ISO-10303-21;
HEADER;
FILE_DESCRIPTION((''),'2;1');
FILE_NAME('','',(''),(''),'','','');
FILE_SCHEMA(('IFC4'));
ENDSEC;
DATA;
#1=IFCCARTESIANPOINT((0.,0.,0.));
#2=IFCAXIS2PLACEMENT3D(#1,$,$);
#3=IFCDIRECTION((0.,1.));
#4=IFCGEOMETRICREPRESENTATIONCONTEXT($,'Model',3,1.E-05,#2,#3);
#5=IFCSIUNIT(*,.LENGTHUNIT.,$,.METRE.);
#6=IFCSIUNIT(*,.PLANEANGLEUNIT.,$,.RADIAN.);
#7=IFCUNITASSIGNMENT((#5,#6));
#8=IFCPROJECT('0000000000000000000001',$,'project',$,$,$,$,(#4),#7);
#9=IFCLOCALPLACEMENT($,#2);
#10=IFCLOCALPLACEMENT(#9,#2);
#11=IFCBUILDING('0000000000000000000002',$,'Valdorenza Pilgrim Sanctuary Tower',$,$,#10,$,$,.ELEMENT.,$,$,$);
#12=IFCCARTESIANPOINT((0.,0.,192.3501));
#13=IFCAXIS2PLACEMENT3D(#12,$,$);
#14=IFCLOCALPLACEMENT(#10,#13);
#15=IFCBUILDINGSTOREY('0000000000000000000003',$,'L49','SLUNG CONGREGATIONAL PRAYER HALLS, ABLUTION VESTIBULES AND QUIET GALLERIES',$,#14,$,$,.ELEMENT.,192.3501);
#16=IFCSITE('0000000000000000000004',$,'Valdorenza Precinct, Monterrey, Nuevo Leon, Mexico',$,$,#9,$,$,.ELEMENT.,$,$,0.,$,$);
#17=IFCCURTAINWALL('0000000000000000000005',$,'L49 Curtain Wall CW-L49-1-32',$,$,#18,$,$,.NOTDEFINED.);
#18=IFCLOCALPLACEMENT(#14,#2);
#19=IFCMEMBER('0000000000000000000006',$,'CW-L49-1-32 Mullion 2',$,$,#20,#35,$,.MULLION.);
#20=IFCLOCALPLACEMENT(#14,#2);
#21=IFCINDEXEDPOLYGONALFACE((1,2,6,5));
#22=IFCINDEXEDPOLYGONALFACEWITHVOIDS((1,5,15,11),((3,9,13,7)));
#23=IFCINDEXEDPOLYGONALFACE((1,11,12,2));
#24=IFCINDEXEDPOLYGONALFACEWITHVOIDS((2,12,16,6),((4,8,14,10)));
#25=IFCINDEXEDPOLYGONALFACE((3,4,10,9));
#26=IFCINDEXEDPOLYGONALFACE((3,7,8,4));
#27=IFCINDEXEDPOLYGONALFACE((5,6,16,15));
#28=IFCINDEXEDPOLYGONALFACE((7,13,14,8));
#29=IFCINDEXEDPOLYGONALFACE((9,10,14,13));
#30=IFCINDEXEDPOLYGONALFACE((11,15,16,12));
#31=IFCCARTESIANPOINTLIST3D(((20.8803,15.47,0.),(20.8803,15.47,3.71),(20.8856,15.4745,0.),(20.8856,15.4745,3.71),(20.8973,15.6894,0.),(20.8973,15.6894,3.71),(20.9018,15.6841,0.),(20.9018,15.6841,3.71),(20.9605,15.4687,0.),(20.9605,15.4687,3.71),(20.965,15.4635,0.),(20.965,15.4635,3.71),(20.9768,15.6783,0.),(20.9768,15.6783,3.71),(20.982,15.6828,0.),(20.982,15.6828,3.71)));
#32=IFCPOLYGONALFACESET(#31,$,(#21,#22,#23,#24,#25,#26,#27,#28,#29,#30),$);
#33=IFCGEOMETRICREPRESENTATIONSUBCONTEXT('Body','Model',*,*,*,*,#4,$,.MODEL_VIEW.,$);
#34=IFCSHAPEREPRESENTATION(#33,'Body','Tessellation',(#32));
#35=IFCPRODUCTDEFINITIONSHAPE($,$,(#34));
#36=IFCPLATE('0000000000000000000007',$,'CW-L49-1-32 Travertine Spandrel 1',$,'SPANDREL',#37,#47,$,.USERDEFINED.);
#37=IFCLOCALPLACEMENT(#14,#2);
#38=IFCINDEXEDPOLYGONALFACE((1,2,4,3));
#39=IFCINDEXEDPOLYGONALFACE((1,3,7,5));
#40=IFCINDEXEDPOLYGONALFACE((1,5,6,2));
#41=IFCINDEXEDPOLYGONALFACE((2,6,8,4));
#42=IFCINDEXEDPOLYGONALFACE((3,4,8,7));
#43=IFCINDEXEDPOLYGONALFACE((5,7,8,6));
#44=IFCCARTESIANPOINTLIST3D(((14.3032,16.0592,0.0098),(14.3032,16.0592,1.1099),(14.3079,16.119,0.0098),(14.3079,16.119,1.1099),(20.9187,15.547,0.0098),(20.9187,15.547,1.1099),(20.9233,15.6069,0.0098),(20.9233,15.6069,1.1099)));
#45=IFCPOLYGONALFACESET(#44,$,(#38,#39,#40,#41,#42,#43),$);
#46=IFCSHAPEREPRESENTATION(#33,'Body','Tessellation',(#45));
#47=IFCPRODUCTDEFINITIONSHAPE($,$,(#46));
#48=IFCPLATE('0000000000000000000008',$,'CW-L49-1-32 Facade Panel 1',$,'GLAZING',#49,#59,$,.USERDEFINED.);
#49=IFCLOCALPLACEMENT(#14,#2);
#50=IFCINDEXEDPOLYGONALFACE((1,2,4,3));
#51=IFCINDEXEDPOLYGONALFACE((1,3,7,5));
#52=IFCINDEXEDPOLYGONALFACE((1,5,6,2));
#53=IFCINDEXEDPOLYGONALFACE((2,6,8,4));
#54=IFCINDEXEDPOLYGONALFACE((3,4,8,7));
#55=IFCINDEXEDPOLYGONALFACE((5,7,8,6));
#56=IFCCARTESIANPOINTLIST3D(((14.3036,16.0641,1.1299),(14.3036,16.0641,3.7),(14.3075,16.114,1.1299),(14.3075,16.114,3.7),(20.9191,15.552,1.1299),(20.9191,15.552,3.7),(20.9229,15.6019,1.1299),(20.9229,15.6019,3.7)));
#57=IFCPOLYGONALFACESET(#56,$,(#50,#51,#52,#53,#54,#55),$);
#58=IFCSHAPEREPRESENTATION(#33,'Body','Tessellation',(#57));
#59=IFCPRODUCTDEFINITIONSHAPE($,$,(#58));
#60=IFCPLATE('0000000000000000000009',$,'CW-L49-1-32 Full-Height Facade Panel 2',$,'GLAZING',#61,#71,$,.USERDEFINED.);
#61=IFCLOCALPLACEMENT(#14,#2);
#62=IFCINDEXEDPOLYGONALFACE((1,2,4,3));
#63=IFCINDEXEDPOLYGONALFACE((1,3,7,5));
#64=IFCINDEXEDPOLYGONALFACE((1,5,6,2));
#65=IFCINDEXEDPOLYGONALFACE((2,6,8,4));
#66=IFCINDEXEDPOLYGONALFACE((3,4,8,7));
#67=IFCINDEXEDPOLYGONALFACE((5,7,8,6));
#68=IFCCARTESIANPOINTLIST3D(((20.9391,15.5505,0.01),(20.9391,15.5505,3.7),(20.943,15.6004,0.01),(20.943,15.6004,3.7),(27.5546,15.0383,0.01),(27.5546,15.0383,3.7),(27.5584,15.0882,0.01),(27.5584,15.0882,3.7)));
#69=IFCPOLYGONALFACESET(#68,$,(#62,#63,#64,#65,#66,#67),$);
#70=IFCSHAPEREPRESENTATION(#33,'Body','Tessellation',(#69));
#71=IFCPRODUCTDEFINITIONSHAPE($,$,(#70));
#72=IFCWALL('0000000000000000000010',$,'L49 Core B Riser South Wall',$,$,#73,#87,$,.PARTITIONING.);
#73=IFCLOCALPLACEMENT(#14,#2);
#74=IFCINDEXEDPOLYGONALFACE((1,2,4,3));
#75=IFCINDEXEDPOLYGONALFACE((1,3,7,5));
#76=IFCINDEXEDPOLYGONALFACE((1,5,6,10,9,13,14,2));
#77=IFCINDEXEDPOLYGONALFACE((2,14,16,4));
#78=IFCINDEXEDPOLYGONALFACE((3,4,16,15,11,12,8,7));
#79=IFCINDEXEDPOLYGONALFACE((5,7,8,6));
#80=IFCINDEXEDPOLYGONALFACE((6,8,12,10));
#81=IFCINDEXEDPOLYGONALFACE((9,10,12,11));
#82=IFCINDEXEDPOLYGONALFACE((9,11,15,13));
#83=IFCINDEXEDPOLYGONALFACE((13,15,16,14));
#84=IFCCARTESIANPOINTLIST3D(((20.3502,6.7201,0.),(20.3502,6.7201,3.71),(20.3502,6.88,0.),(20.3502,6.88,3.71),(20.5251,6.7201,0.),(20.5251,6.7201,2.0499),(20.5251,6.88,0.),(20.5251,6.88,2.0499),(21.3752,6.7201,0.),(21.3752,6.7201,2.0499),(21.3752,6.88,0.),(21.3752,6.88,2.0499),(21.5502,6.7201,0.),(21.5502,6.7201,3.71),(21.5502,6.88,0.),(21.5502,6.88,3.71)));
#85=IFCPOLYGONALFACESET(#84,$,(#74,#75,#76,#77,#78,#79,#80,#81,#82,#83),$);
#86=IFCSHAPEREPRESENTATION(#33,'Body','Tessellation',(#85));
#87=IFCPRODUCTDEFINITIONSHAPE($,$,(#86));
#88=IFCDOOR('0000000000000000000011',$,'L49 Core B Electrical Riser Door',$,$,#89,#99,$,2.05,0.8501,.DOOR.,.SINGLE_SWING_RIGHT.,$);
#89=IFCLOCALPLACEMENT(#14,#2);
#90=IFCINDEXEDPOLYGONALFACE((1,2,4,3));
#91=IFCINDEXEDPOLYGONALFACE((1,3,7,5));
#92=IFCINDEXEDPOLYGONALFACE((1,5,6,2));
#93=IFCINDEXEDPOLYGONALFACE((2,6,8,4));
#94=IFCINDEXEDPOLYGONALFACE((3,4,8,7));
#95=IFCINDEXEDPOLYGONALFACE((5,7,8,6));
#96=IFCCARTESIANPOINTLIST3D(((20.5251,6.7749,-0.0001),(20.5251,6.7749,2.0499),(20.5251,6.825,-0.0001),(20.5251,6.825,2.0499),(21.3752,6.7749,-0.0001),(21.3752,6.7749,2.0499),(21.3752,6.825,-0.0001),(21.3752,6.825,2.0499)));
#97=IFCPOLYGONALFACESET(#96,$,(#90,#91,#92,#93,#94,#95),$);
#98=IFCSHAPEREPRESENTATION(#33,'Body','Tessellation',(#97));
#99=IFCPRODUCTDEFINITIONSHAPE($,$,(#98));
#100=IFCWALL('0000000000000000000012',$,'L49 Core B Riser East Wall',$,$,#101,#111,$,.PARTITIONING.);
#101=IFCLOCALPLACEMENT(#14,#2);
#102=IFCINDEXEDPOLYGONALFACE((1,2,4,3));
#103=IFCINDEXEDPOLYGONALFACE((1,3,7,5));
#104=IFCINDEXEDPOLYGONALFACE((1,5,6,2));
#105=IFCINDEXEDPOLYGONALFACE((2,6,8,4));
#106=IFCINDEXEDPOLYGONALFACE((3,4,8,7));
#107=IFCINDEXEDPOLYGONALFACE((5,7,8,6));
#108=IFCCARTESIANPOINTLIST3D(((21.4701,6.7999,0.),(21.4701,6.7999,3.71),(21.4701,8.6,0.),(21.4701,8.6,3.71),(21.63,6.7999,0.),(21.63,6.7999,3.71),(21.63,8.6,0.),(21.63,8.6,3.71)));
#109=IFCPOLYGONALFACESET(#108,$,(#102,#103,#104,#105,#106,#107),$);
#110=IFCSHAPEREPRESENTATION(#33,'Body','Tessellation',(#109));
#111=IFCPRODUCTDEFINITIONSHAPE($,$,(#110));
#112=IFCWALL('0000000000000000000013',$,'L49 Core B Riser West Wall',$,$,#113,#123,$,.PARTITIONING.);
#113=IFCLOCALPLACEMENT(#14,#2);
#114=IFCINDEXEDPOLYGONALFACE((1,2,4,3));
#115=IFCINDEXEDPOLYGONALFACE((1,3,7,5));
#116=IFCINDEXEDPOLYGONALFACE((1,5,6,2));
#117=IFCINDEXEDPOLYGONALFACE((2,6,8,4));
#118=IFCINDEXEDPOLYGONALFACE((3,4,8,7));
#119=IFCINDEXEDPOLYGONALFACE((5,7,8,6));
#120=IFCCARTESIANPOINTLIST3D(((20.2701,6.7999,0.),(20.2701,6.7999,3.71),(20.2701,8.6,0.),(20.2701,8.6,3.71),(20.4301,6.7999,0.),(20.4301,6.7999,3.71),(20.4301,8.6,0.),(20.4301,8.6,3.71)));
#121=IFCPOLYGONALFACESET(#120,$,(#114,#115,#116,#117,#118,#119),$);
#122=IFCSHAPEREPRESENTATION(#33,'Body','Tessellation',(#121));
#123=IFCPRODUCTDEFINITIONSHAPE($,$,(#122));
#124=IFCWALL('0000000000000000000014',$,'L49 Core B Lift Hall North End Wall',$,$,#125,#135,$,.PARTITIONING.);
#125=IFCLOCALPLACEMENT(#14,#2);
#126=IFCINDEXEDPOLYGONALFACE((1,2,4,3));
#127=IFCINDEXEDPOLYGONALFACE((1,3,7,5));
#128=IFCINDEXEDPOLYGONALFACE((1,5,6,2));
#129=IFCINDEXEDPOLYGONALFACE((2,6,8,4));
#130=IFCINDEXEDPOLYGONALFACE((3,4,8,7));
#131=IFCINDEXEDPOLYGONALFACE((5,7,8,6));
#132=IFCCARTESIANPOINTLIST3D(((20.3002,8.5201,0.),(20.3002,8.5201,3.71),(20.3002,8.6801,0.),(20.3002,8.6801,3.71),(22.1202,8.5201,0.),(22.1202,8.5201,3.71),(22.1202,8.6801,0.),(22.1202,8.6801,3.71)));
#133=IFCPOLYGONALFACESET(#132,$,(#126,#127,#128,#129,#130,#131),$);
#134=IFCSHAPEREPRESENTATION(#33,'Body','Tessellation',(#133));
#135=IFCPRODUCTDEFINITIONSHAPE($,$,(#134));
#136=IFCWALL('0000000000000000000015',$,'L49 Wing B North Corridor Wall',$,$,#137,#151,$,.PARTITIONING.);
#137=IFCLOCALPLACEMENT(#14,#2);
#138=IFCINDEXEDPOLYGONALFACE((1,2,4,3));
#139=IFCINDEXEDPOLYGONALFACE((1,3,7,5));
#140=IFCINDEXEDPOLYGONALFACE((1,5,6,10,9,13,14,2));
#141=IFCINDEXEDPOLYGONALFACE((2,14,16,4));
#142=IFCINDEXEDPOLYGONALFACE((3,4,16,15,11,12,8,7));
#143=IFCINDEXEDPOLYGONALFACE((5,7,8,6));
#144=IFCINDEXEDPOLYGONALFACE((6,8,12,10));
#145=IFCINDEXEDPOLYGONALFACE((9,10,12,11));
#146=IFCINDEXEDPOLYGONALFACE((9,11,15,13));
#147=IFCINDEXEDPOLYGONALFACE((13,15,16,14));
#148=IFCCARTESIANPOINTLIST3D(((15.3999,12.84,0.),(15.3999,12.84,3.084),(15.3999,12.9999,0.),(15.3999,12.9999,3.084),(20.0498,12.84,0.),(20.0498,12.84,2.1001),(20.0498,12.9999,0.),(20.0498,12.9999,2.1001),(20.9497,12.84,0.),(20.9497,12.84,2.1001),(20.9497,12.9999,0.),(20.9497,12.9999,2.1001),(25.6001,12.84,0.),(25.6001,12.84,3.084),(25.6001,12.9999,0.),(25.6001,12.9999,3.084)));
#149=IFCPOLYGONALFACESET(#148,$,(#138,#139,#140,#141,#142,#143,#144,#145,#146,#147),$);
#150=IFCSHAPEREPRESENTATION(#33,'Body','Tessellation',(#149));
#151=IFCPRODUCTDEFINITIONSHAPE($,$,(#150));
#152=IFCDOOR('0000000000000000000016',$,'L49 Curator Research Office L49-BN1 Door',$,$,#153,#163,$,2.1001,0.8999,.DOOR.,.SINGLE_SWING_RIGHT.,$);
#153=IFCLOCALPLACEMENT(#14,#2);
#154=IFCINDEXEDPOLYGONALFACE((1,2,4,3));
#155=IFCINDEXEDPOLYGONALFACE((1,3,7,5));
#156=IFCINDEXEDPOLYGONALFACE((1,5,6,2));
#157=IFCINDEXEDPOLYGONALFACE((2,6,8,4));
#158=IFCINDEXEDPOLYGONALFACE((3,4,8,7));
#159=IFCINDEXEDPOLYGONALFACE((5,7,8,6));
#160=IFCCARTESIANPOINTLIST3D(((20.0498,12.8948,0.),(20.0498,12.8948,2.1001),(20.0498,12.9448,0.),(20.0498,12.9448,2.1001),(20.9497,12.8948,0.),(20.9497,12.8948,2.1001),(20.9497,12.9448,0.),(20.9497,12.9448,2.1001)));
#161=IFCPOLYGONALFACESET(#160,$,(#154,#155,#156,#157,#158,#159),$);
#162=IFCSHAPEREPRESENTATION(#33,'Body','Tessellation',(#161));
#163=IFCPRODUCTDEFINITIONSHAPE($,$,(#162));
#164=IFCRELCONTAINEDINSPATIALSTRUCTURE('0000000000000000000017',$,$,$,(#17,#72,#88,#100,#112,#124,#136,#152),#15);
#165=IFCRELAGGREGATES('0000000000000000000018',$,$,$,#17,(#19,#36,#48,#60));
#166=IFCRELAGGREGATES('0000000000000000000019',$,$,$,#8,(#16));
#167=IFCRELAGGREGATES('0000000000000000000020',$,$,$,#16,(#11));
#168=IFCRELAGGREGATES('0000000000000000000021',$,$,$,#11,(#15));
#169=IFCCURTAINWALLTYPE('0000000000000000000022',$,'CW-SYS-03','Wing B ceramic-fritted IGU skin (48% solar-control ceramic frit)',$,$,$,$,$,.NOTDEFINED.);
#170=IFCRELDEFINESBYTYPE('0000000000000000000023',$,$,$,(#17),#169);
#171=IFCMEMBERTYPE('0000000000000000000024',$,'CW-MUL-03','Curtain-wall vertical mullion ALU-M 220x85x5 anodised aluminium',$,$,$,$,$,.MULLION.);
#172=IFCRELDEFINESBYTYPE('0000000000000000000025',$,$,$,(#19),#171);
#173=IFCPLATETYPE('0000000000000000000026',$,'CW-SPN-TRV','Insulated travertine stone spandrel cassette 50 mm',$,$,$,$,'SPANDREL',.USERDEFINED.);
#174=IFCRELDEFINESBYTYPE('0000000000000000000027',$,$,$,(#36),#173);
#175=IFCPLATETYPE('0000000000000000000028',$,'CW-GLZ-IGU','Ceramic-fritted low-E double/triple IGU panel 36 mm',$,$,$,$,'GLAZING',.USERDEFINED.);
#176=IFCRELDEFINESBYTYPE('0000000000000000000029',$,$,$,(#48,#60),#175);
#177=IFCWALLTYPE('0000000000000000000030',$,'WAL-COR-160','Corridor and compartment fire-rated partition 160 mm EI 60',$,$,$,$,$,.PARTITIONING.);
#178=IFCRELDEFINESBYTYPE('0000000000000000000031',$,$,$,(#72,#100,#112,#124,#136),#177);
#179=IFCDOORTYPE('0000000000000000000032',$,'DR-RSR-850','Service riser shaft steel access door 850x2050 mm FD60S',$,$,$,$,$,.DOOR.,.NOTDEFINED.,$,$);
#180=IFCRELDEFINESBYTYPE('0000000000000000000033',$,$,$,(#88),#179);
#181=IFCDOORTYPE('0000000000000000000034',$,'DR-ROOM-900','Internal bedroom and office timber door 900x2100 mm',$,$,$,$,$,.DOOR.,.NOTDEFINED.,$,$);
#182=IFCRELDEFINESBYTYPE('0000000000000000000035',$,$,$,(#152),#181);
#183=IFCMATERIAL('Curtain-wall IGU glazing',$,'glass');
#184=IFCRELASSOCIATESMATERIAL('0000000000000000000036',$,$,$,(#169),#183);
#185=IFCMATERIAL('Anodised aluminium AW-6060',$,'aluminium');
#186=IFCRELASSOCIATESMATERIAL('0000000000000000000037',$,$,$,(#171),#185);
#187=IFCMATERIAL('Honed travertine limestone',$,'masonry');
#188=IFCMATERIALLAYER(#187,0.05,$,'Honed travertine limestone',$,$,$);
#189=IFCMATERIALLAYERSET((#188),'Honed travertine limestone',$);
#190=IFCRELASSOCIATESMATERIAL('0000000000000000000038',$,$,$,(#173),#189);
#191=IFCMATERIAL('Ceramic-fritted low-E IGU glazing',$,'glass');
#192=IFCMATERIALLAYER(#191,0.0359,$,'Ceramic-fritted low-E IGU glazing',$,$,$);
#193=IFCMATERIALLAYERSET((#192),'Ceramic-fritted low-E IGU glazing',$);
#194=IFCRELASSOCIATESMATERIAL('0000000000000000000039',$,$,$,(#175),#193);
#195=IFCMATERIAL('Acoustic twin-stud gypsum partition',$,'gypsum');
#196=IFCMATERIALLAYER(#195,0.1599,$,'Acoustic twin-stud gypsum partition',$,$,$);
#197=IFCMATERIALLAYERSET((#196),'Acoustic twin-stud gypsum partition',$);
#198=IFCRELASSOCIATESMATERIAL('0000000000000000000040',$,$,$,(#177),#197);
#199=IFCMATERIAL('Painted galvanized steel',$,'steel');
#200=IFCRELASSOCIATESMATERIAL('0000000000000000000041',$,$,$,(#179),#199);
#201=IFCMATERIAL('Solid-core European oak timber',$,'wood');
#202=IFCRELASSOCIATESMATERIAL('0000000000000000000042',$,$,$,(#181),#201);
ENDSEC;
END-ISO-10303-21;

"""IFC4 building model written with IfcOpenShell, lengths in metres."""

from ifc_helpers import new_model, si_unit, direction, frame, frame_2d, origin, origin_2d, place, context, subcontext, project, spatial, rectangle, hollow_rectangle, extrude, source, transform, mapped, material, layer, layer_set, material_profile, profile_set, type_object, element, fill, aggregate, save


model = new_model("IFC4")

# Units and contexts
model_context = context("Model", 3, precision=1e-05, world=origin(), true_north=direction((0.0, 1.0)))
body_context = subcontext(model_context, "Body", "Model", "MODEL_VIEW")
ifc_project = project(units=[si_unit("LENGTHUNIT", "METRE"), si_unit("PLANEANGLEUNIT", "RADIAN")], contexts=[model_context])

# Site, building, storey
site_placement = place(None, origin())
site = spatial("IfcSite", under=ifc_project, at=site_placement, Name="Valdorenza Precinct, Monterrey, Nuevo Leon, Mexico", CompositionType="ELEMENT", RefElevation=0.0)
building_placement = place(site_placement, origin())
building = spatial("IfcBuilding", under=site, at=building_placement, Name="Valdorenza Pilgrim Sanctuary Tower", CompositionType="ELEMENT")
storey_placement = place(building_placement, frame((0.0, 0.0, 192.3501)))
storey = spatial("IfcBuildingStorey", under=building, at=storey_placement, Name="L49", Description="SLUNG CONGREGATIONAL PRAYER HALLS, ABLUTION VESTIBULES AND QUIET GALLERIES", CompositionType="ELEMENT", Elevation=192.3501)

# Curtain wall
ifc_material_1 = material(Name="Curtain-wall IGU glazing", Category="glass")
curtain_wall_type_1 = type_object("IfcCurtainWallType", Name="CW-SYS-03", Description="Wing B ceramic-fritted IGU skin (48% solar-control ceramic frit)", PredefinedType="NOTDEFINED", material=ifc_material_1)
curtain_wall_1_placement = place(storey_placement, origin())
curtain_wall_1 = element("IfcCurtainWall", 1, at=curtain_wall_1_placement, inside=storey, type_object=curtain_wall_type_1, Name="L49 Curtain Wall CW-L49-1-32", PredefinedType="NOTDEFINED")
ifc_material_2 = material(Name="Anodised aluminium AW-6060", Category="aluminium")

# Member
ifc_material_profile_1 = material_profile(ifc_material_2, hollow_rectangle(XDim=0.085, YDim=0.22, WallThickness=0.0049, at=origin_2d()), Name="ALU-M 220x85x5")
ifc_profile_set_1 = profile_set([ifc_material_profile_1], Name="Anodised aluminium AW-6060")
member_type_1 = type_object("IfcMemberType", Name="CW-MUL-03", Description="Curtain-wall vertical mullion ALU-M 220x85x5 anodised aluminium", PredefinedType="MULLION", material=ifc_profile_set_1)
shared_shape_1 = source(origin(), body_context, "Body", "SweptSolid", [
    extrude(hollow_rectangle(XDim=0.085, YDim=0.22, WallThickness=0.0049, at=origin_2d()), origin(), (0.0, 0.0, 1.0), 3.71),
])
member_1_placement = place(storey_placement, frame((20.9312, 15.5764, 0.0), z_axis=(0.0, 0.0, 1.0), x_axis=(0.997016, -0.077189, 0.0)))
member_1 = element("IfcMember", 2, at=member_1_placement, type_object=member_type_1, Name="CW-L49-1-32 Mullion 2", PredefinedType="MULLION", context=body_context, shape_type="MappedRepresentation", body=[
    mapped(shared_shape_1, transform((0.0, 0.0, 0.0), x_axis=(1.0, 0.0, 0.0), y_axis=(0.0, 1.0, 0.0), z_axis=(0.0, 0.0, 1.0), scale=1.0)),
])

# Plates
ifc_material_3 = material(Name="Honed travertine limestone", Category="masonry")
ifc_layer_1 = layer(ifc_material_3, 0.05, Name="Honed travertine limestone")
ifc_layer_set_1 = layer_set([ifc_layer_1], Name="Honed travertine limestone")
plate_type_1 = type_object("IfcPlateType", Name="CW-SPN-TRV", Description="Insulated travertine stone spandrel cassette 50 mm", ElementType="SPANDREL", PredefinedType="USERDEFINED", material=ifc_layer_set_1)
shared_shape_2 = source(origin(), body_context, "Body", "SweptSolid", [
    extrude(rectangle(XDim=6.6353, YDim=0.0601, at=origin_2d()), origin(), (0.0, 0.0, 1.0), 1.1001),
])
plate_1_placement = place(storey_placement, frame((17.6133, 15.833, 0.0098), z_axis=(0.0, 0.0, 1.0), x_axis=(0.997016, -0.077189, 0.0)))
plate_1 = element("IfcPlate", 3, at=plate_1_placement, type_object=plate_type_1, Name="CW-L49-1-32 Travertine Spandrel 1", ObjectType="SPANDREL", PredefinedType="USERDEFINED", context=body_context, shape_type="MappedRepresentation", body=[
    mapped(shared_shape_2, transform((0.0, 0.0, 0.0), x_axis=(1.0, 0.0, 0.0), y_axis=(0.0, 1.0, 0.0), z_axis=(0.0, 0.0, 1.0), scale=1.0)),
])
ifc_material_4 = material(Name="Ceramic-fritted low-E IGU glazing", Category="glass")
ifc_layer_2 = layer(ifc_material_4, 0.0359, Name="Ceramic-fritted low-E IGU glazing")
ifc_layer_set_2 = layer_set([ifc_layer_2], Name="Ceramic-fritted low-E IGU glazing")
plate_type_2 = type_object("IfcPlateType", Name="CW-GLZ-IGU", Description="Ceramic-fritted low-E double/triple IGU panel 36 mm", ElementType="GLAZING", PredefinedType="USERDEFINED", material=ifc_layer_set_2)
shared_shape_3 = source(origin(), body_context, "Body", "SweptSolid", [
    extrude(rectangle(XDim=6.6353, YDim=0.05, at=origin_2d()), origin(), (0.0, 0.0, 1.0), 2.5701),
])
plate_2_placement = place(storey_placement, frame((17.6133, 15.833, 1.1299), z_axis=(0.0, 0.0, 1.0), x_axis=(0.997016, -0.077189, 0.0)))
plate_2 = element("IfcPlate", 4, at=plate_2_placement, type_object=plate_type_2, Name="CW-L49-1-32 Facade Panel 1", ObjectType="GLAZING", PredefinedType="USERDEFINED", context=body_context, shape_type="MappedRepresentation", body=[
    mapped(shared_shape_3, transform((0.0, 0.0, 0.0), x_axis=(1.0, 0.0, 0.0), y_axis=(0.0, 1.0, 0.0), z_axis=(0.0, 0.0, 1.0), scale=1.0)),
])
shared_shape_4 = source(origin(), body_context, "Body", "SweptSolid", [
    extrude(rectangle(XDim=6.6353, YDim=0.05, at=origin_2d()), origin(), (0.0, 0.0, 1.0), 3.6899),
])
plate_3_placement = place(storey_placement, frame((24.2488, 15.3193, 0.01), z_axis=(0.0, 0.0, 1.0), x_axis=(0.997016, -0.077189, 0.0)))
plate_3 = element("IfcPlate", 5, at=plate_3_placement, type_object=plate_type_2, Name="CW-L49-1-32 Full-Height Facade Panel 2", ObjectType="GLAZING", PredefinedType="USERDEFINED", context=body_context, shape_type="MappedRepresentation", body=[
    mapped(shared_shape_4, transform((0.0, 0.0, 0.0), x_axis=(1.0, 0.0, 0.0), y_axis=(0.0, 1.0, 0.0), z_axis=(0.0, 0.0, 1.0), scale=1.0)),
])
aggregate(curtain_wall_1, [member_1, plate_1, plate_2, plate_3])

# Wall, opening, door
ifc_material_5 = material(Name="Acoustic twin-stud gypsum partition", Category="gypsum")
ifc_layer_3 = layer(ifc_material_5, 0.1599, Name="Acoustic twin-stud gypsum partition")
ifc_layer_set_3 = layer_set([ifc_layer_3], Name="Acoustic twin-stud gypsum partition")
wall_type_1 = type_object("IfcWallType", Name="WAL-COR-160", Description="Corridor and compartment fire-rated partition 160 mm EI 60", PredefinedType="PARTITIONING", material=ifc_layer_set_3)
wall_1_placement = place(storey_placement, frame((20.3501, 6.8, 0.0), z_axis=(0.0, 0.0, 1.0), x_axis=(1.0, 0.0, 0.0)))
wall_1 = element("IfcWall", 6, at=wall_1_placement, inside=storey, type_object=wall_type_1, Name="L49 Core B Riser South Wall", PredefinedType="PARTITIONING", context=body_context, shape_type="SweptSolid", body=[
    extrude(rectangle(XDim=1.2, YDim=0.1599, at=frame_2d((0.6001, 0.0))), origin(), (0.0, 0.0, 1.0), 3.71),
])
opening_1_placement = place(wall_1_placement, frame((0.175, 0.0, 0.0)))
opening_1 = element("IfcOpeningElement", 7, at=opening_1_placement, cuts=wall_1, PredefinedType="OPENING", context=body_context, shape_type="SweptSolid", body=[
    extrude(rectangle(XDim=0.8501, YDim=2.05, at=frame_2d((0.425, 1.0249))), frame((0.0, 0.0947, 0.0), z_axis=(0.0, -1.0, 0.0), x_axis=(1.0, 0.0, 0.0)), (0.0, 0.0, 1.0), 0.1897),
])
ifc_material_6 = material(Name="Painted galvanized steel", Category="steel")
door_type_1 = type_object("IfcDoorType", Name="DR-RSR-850", Description="Service riser shaft steel access door 850x2050 mm FD60S", OperationType="NOTDEFINED", PredefinedType="DOOR", material=ifc_material_6)
door_1_placement = place(opening_1_placement, origin())
door_1 = element("IfcDoor", 8, at=door_1_placement, inside=storey, type_object=door_type_1, Name="L49 Core B Electrical Riser Door", OperationType="SINGLE_SWING_RIGHT", OverallHeight=2.05, OverallWidth=0.8501, PredefinedType="DOOR", context=body_context, shape_type="SweptSolid", body=[
    extrude(rectangle(XDim=0.8501, YDim=2.05, at=frame_2d((0.425, 1.0249))), frame((0.0, 0.0249, 0.0), z_axis=(0.0, -1.0, 0.0), x_axis=(1.0, 0.0, 0.0)), (0.0, 0.0, 1.0), 0.05),
])
fill(opening_1, door_1)

# Walls
for number, where, z_axis, x_axis, name in (
    (9, (21.55, 6.8, 0.0), (0.0, 0.0, 1.0), (0.0, 1.0, 0.0), "L49 Core B Riser East Wall"),
    (10, (20.3501, 6.8, 0.0), (0.0, 0.0, 1.0), (0.0, 1.0, 0.0), "L49 Core B Riser West Wall"),
):
    element("IfcWall", number, at=place(storey_placement, frame(where, z_axis=z_axis, x_axis=x_axis)), inside=storey, type_object=wall_type_1, Name=name, PredefinedType="PARTITIONING", context=body_context, shape_type="SweptSolid", body=[
        extrude(rectangle(XDim=1.8, YDim=0.1599, at=frame_2d((0.8999, 0.0))), origin(), (0.0, 0.0, 1.0), 3.71),
    ])
wall_2_placement = place(storey_placement, frame((20.3, 8.6001, 0.0), z_axis=(0.0, 0.0, 1.0), x_axis=(1.0, 0.0, 0.0)))
element("IfcWall", 11, at=wall_2_placement, inside=storey, type_object=wall_type_1, Name="L49 Core B Lift Hall North End Wall", PredefinedType="PARTITIONING", context=body_context, shape_type="SweptSolid", body=[
    extrude(rectangle(XDim=1.8201, YDim=0.1599, at=frame_2d((0.9102, 0.0))), origin(), (0.0, 0.0, 1.0), 3.71),
])

# Wall, opening, door
wall_3_placement = place(storey_placement, frame((15.3999, 12.9199, 0.0), z_axis=(0.0, 0.0, 1.0), x_axis=(1.0, 0.0, 0.0)))
wall_3 = element("IfcWall", 12, at=wall_3_placement, inside=storey, type_object=wall_type_1, Name="L49 Wing B North Corridor Wall", PredefinedType="PARTITIONING", context=body_context, shape_type="SweptSolid", body=[
    extrude(rectangle(XDim=10.2002, YDim=0.1599, at=frame_2d((5.1001, 0.0))), origin(), (0.0, 0.0, 1.0), 3.084),
])
opening_2_placement = place(wall_3_placement, frame((4.6499, 0.0, 0.0)))
opening_2 = element("IfcOpeningElement", 13, at=opening_2_placement, cuts=wall_3, PredefinedType="OPENING", context=body_context, shape_type="SweptSolid", body=[
    extrude(rectangle(XDim=0.8999, YDim=2.1001, at=frame_2d((0.45, 1.05))), frame((0.0, 0.0947, 0.0), z_axis=(0.0, -1.0, 0.0), x_axis=(1.0, 0.0, 0.0)), (0.0, 0.0, 1.0), 0.1897),
])
ifc_material_7 = material(Name="Solid-core European oak timber", Category="wood")
door_type_2 = type_object("IfcDoorType", Name="DR-ROOM-900", Description="Internal bedroom and office timber door 900x2100 mm", OperationType="NOTDEFINED", PredefinedType="DOOR", material=ifc_material_7)
door_2_placement = place(opening_2_placement, origin())
door_2 = element("IfcDoor", 14, at=door_2_placement, inside=storey, type_object=door_type_2, Name="L49 Curator Research Office L49-BN1 Door", OperationType="SINGLE_SWING_RIGHT", OverallHeight=2.1001, OverallWidth=0.8999, PredefinedType="DOOR", context=body_context, shape_type="SweptSolid", body=[
    extrude(rectangle(XDim=0.8999, YDim=2.1001, at=frame_2d((0.45, 1.05))), frame((0.0, 0.0249, 0.0), z_axis=(0.0, -1.0, 0.0), x_axis=(1.0, 0.0, 0.0)), (0.0, 0.0, 1.0), 0.05),
])
fill(opening_2, door_2)

save(model, "model.ifc")
